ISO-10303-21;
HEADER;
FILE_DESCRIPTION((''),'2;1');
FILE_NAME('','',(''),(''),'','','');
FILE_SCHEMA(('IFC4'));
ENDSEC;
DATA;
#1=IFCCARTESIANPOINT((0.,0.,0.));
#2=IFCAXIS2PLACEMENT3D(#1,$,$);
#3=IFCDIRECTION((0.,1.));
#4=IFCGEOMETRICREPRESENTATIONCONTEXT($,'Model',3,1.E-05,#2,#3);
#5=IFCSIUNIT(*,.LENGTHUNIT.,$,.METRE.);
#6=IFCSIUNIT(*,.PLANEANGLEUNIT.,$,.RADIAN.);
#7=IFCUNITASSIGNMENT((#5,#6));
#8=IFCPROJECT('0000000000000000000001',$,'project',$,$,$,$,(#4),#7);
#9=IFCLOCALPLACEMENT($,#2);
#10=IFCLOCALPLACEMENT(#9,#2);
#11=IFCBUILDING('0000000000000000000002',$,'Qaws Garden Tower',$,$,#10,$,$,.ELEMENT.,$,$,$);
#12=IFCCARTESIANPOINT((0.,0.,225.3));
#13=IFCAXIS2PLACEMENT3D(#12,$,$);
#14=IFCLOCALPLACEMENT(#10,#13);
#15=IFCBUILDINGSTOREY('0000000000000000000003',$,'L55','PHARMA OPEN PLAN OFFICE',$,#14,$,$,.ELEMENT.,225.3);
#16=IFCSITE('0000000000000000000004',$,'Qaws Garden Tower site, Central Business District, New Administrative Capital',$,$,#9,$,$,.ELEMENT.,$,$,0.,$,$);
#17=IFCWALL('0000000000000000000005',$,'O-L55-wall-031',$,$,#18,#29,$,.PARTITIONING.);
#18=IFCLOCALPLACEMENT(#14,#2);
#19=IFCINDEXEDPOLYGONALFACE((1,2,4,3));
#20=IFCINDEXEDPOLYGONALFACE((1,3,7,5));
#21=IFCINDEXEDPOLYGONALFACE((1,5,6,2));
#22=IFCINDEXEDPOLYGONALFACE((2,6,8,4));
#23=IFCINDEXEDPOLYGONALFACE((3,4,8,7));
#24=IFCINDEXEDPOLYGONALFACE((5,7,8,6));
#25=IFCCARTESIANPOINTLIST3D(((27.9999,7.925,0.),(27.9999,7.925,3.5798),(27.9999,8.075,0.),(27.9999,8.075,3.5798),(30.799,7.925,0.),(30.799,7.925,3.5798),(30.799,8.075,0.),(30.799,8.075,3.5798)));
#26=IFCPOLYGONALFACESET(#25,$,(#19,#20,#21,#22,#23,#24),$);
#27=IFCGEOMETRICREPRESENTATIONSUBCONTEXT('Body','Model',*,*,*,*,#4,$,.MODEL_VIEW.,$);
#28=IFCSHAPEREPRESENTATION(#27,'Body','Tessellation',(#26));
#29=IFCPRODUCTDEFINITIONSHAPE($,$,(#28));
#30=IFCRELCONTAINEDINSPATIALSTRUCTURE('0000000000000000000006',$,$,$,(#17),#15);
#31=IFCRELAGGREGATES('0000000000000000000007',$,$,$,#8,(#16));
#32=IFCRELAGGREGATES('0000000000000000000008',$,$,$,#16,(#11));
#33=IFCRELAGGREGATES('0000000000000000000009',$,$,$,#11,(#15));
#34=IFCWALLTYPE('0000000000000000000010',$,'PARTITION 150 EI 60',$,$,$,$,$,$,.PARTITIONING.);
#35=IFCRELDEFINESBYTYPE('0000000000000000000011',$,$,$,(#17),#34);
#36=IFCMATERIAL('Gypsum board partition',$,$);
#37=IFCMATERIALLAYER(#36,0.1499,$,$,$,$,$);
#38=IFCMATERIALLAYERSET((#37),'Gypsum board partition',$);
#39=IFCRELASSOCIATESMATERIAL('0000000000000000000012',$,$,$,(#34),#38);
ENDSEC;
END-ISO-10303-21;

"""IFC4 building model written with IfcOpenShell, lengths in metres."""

from ifc_helpers import new_model, si_unit, direction, frame, frame_2d, origin, place, context, subcontext, project, spatial, rectangle, extrude, material, layer, layer_set, type_object, element, save


model = new_model("IFC4")

# Units and contexts
model_context = context("Model", 3, precision=1e-05, world=origin(), true_north=direction((0.0, 1.0)))
body_context = subcontext(model_context, "Body", "Model", "MODEL_VIEW")
ifc_project = project(units=[si_unit("LENGTHUNIT", "METRE"), si_unit("PLANEANGLEUNIT", "RADIAN")], contexts=[model_context])

# Site, building, storey
site_placement = place(None, origin())
site = spatial("IfcSite", under=ifc_project, at=site_placement, Name="Qaws Garden Tower site, Central Business District, New Administrative Capital", CompositionType="ELEMENT", RefElevation=0.0)
building_placement = place(site_placement, origin())
building = spatial("IfcBuilding", under=site, at=building_placement, Name="Qaws Garden Tower", CompositionType="ELEMENT")
storey_placement = place(building_placement, frame((0.0, 0.0, 225.3)))
storey = spatial("IfcBuildingStorey", under=building, at=storey_placement, Name="L55", Description="PHARMA OPEN PLAN OFFICE", CompositionType="ELEMENT", Elevation=225.3)

# Shared definitions
ifc_material_1 = material(Name="Gypsum board partition")
ifc_layer_1 = layer(ifc_material_1, 0.1499)
ifc_layer_set_1 = layer_set([ifc_layer_1], Name="Gypsum board partition")
wall_type_1 = type_object("IfcWallType", Name="PARTITION 150 EI 60", PredefinedType="PARTITIONING", material=ifc_layer_set_1)

# Wall
wall_1_placement = place(storey_placement, frame((28.0, 8.0, 0.0), z_axis=(0.0, 0.0, 1.0), x_axis=(1.0, 0.0, 0.0)))
element("IfcWall", 1, at=wall_1_placement, inside=storey, type_object=wall_type_1, Name="O-L55-wall-031", PredefinedType="PARTITIONING", context=body_context, shape_type="SweptSolid", body=[
    extrude(rectangle(XDim=2.7991, YDim=0.1499, at=frame_2d((1.3994, 0.0))), origin(), (0.0, 0.0, 1.0), 3.5798),
])

save(model, "model.ifc")
